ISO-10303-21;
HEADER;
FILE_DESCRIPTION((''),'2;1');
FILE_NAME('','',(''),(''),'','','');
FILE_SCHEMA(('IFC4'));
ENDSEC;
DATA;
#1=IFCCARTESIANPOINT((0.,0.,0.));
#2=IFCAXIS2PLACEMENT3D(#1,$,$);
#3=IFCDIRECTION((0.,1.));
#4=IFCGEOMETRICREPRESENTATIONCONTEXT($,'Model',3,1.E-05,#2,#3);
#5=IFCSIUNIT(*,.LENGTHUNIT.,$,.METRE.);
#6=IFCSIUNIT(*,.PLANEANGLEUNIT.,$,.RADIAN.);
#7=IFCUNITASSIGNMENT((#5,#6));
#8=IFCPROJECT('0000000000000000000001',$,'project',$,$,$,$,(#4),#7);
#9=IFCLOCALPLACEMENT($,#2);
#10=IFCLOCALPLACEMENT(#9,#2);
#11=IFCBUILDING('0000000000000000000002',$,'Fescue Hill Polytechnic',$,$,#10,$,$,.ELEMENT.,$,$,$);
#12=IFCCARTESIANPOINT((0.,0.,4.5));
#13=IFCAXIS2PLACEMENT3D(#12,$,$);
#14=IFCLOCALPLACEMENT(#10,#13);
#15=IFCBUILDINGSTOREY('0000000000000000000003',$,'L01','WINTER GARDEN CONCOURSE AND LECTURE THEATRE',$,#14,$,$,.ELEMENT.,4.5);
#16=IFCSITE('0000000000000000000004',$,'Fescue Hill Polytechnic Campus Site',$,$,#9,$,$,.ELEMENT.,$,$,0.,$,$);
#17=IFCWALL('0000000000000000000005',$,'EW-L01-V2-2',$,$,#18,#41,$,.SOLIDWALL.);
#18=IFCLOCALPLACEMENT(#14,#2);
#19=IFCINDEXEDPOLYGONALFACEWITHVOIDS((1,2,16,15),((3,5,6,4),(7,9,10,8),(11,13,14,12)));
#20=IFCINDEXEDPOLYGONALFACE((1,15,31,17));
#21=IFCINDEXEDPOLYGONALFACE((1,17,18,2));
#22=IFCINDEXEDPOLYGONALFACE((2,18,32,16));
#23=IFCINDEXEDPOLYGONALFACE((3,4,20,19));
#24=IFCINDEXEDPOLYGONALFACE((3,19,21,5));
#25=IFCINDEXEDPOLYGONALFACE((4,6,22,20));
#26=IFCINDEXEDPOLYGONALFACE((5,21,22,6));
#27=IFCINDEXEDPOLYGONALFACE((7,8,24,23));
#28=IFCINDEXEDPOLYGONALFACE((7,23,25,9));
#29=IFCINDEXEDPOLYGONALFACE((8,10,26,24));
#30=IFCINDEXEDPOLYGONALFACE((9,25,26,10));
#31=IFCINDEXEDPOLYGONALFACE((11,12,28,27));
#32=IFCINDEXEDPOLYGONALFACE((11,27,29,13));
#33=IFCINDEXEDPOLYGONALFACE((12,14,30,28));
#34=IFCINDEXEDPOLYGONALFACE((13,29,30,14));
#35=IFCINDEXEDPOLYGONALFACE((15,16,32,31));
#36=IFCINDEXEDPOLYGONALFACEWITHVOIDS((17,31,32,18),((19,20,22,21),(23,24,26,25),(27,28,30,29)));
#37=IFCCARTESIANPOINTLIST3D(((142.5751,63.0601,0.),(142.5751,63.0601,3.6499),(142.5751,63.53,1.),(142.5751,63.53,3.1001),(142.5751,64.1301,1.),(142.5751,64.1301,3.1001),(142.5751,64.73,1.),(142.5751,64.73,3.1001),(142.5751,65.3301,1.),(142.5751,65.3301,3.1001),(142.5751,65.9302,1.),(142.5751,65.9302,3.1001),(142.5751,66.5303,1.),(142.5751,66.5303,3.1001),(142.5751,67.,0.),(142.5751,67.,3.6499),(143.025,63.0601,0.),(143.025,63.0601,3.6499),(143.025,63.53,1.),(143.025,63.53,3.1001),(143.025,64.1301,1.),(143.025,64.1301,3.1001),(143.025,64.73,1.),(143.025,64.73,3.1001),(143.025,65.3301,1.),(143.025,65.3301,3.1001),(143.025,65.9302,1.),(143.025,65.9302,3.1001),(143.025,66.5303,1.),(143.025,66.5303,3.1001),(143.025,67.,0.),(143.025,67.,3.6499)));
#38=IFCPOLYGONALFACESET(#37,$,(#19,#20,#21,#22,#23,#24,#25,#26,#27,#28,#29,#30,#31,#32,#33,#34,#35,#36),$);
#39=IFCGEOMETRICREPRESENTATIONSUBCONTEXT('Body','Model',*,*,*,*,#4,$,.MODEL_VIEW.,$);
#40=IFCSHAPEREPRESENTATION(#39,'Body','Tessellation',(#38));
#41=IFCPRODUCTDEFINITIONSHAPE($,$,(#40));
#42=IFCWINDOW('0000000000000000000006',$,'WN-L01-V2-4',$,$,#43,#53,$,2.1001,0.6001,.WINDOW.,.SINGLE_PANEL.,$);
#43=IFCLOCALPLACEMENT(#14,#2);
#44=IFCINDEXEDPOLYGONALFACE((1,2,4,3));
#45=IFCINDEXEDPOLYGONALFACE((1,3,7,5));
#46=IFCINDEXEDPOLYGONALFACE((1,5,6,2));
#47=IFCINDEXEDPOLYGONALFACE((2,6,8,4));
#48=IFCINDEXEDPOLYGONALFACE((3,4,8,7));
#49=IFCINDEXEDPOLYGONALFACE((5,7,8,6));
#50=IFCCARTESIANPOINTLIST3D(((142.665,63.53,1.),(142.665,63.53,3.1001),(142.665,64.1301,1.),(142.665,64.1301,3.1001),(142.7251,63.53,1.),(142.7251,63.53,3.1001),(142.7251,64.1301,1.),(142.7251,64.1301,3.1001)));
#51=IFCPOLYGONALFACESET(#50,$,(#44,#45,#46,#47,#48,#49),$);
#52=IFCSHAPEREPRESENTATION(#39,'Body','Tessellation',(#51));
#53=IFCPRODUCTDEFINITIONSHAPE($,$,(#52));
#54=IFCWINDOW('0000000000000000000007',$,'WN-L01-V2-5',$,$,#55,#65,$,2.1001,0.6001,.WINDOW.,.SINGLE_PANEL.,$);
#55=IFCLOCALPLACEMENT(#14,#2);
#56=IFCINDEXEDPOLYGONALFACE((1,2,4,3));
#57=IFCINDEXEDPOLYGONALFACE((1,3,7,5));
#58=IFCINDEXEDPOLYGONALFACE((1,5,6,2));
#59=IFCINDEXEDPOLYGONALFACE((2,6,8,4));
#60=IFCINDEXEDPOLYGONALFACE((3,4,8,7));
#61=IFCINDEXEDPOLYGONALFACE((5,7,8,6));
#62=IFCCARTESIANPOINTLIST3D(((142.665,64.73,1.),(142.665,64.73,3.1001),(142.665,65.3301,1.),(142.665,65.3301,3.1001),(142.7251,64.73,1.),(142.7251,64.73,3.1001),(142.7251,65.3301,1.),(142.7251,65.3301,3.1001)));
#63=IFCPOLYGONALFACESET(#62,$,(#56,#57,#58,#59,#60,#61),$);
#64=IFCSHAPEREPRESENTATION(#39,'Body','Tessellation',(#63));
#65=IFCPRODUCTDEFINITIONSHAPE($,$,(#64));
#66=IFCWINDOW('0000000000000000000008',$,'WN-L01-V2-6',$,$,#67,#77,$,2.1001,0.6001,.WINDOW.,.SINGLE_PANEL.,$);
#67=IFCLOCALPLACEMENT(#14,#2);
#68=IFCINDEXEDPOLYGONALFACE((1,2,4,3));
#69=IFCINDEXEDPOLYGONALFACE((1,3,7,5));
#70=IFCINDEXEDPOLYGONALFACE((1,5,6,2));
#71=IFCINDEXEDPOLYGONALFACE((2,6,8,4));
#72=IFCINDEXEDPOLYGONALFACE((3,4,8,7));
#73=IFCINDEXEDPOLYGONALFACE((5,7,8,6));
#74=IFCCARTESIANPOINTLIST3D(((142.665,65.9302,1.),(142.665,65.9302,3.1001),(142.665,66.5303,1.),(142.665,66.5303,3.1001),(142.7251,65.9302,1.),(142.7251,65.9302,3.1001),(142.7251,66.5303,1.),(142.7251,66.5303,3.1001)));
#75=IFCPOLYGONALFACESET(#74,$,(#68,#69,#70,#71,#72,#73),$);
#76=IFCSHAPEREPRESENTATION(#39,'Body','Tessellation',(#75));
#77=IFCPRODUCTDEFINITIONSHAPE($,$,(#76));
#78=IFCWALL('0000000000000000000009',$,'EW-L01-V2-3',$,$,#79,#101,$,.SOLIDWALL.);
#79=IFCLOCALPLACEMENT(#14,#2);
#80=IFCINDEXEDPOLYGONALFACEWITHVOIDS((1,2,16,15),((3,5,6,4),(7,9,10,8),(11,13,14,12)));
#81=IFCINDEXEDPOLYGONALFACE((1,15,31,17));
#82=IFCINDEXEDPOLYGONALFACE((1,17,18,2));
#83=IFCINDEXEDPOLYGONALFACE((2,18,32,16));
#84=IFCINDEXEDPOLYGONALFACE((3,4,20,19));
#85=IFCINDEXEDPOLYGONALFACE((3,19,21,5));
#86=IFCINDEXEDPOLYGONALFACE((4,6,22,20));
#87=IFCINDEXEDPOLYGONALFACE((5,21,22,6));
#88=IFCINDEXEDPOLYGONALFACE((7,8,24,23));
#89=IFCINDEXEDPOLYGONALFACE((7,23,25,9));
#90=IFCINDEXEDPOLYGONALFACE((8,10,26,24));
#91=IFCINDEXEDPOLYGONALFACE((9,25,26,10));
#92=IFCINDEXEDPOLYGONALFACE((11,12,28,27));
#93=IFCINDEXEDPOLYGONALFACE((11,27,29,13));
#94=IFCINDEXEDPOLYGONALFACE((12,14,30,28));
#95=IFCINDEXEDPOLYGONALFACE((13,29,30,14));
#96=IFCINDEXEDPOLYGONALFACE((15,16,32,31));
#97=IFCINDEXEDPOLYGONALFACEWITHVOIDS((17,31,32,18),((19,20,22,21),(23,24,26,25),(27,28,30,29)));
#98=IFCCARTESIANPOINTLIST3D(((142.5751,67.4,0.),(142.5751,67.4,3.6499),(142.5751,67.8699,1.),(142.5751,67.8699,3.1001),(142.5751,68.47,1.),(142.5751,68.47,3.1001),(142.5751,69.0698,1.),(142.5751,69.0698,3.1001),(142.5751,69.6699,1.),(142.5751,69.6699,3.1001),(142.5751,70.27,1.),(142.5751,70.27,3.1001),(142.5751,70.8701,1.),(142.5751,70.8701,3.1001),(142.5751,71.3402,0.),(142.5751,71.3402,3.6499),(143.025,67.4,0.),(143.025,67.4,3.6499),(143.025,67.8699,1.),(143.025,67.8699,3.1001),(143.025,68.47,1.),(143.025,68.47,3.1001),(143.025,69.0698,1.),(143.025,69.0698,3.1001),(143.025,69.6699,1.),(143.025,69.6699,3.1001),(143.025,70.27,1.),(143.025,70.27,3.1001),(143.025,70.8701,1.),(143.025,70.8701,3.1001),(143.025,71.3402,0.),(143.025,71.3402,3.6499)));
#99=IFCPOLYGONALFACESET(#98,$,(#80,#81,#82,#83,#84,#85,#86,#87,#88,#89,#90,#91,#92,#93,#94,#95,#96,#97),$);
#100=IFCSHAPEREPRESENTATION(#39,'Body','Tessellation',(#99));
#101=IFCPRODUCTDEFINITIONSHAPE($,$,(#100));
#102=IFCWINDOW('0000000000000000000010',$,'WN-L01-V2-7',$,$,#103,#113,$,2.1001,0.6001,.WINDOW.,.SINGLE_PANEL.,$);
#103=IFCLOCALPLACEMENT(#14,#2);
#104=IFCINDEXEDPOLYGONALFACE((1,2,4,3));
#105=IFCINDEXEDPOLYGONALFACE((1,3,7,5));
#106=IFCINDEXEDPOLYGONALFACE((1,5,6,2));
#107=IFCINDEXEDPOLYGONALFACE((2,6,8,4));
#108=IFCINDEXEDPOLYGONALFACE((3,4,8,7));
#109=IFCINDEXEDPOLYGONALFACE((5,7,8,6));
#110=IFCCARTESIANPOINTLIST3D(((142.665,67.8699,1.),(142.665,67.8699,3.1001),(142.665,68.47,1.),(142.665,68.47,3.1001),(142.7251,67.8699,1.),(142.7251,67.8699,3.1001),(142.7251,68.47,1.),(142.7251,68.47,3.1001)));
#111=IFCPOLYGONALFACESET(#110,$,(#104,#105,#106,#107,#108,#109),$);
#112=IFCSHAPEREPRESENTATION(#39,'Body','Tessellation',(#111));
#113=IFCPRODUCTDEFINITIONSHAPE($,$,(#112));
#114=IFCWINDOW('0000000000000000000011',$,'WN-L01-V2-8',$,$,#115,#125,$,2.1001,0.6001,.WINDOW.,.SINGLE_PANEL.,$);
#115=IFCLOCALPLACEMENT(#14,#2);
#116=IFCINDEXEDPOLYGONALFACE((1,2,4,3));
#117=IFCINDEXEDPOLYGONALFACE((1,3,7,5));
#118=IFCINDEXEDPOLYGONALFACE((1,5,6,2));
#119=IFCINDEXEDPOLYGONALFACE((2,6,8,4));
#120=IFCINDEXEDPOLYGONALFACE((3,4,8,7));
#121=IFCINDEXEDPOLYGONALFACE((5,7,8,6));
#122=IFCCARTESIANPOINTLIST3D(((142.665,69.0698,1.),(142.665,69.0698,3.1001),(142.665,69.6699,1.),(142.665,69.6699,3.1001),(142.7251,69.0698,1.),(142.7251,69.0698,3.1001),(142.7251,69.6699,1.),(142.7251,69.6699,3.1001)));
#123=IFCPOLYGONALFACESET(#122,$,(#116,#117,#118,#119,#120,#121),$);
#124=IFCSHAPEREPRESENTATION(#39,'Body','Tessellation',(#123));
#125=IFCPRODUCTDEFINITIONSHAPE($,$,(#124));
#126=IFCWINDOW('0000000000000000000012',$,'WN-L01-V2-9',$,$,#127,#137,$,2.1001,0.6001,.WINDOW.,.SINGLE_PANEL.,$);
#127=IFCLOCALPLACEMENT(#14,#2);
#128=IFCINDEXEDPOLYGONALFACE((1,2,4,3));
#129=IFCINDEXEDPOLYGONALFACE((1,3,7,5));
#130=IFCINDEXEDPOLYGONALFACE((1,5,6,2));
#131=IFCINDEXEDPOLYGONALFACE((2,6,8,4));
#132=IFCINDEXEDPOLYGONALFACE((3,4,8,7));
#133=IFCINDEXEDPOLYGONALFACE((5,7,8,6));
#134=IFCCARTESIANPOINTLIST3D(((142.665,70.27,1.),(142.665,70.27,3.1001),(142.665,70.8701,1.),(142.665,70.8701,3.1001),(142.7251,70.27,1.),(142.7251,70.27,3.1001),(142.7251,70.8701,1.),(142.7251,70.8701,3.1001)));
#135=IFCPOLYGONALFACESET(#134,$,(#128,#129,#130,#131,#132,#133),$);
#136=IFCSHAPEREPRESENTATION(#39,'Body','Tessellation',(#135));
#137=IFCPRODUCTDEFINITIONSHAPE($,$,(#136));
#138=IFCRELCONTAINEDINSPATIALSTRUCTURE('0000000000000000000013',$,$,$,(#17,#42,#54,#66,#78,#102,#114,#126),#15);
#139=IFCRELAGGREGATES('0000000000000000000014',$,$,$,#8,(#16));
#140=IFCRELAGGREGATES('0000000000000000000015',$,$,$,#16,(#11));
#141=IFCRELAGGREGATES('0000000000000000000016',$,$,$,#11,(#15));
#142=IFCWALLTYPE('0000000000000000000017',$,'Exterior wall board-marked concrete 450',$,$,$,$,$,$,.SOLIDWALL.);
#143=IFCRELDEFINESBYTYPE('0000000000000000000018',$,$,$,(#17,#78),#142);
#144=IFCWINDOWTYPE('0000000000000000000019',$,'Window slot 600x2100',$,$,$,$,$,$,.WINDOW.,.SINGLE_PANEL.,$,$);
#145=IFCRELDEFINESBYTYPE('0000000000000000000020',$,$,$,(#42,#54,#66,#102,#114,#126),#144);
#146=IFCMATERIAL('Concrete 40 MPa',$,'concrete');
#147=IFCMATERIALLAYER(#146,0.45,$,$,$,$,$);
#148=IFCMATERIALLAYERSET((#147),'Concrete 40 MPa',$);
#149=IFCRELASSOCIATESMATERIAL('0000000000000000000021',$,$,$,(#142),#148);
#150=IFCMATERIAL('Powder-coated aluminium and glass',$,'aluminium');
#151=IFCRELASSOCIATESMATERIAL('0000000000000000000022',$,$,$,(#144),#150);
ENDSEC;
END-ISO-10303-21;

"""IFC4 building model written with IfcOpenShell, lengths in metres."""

from ifc_helpers import new_model, si_unit, direction, frame, frame_2d, origin, place, context, subcontext, project, spatial, rectangle, extrude, material, layer, layer_set, type_object, element, fill, save


model = new_model("IFC4")

# Units and contexts
model_context = context("Model", 3, precision=1e-05, world=origin(), true_north=direction((0.0, 1.0)))
body_context = subcontext(model_context, "Body", "Model", "MODEL_VIEW")
ifc_project = project(units=[si_unit("LENGTHUNIT", "METRE"), si_unit("PLANEANGLEUNIT", "RADIAN")], contexts=[model_context])

# Site, building, storey
site_placement = place(None, origin())
site = spatial("IfcSite", under=ifc_project, at=site_placement, Name="Fescue Hill Polytechnic Campus Site", CompositionType="ELEMENT", RefElevation=0.0)
building_placement = place(site_placement, origin())
building = spatial("IfcBuilding", under=site, at=building_placement, Name="Fescue Hill Polytechnic", CompositionType="ELEMENT")
storey_placement = place(building_placement, frame((0.0, 0.0, 4.5)))
storey = spatial("IfcBuildingStorey", under=building, at=storey_placement, Name="L01", Description="WINTER GARDEN CONCOURSE AND LECTURE THEATRE", CompositionType="ELEMENT", Elevation=4.5)

# Shared definitions
ifc_material_1 = material(Name="Concrete 40 MPa", Category="concrete")

# Walls, openings, windows
ifc_layer_1 = layer(ifc_material_1, 0.45)
ifc_layer_set_1 = layer_set([ifc_layer_1], Name="Concrete 40 MPa")
wall_type_1 = type_object("IfcWallType", Name="Exterior wall board-marked concrete 450", PredefinedType="SOLIDWALL", material=ifc_layer_set_1)
ifc_material_2 = material(Name="Powder-coated aluminium and glass", Category="aluminium")
window_type = type_object("IfcWindowType", Name="Window slot 600x2100", PartitioningType="SINGLE_PANEL", PredefinedType="WINDOW", material=ifc_material_2)
wall_1_placement = place(storey_placement, frame((142.8, 63.0601, 0.0), z_axis=(0.0, 0.0, 1.0), x_axis=(0.0, 1.0, 0.0)))
wall_1 = element("IfcWall", 1, at=wall_1_placement, inside=storey, type_object=wall_type_1, Name="EW-L01-V2-2", PredefinedType="SOLIDWALL", context=body_context, shape_type="SweptSolid", body=[
    extrude(rectangle(XDim=3.9399, YDim=0.45, at=frame_2d((1.97, 0.0))), origin(), (0.0, 0.0, 1.0), 3.6499),
])
opening_1_placement = place(wall_1_placement, frame((0.47, 0.0, 1.0)))
opening_1 = element("IfcOpeningElement", 2, at=opening_1_placement, cuts=wall_1, PredefinedType="OPENING", context=body_context, shape_type="SweptSolid", body=[
    extrude(rectangle(XDim=0.6001, YDim=2.1001, at=frame_2d((0.3, 1.05))), frame((0.0, 0.2349, 0.0), z_axis=(0.0, -1.0, 0.0), x_axis=(1.0, 0.0, 0.0)), (0.0, 0.0, 1.0), 0.47),
])
opening_2_placement = place(wall_1_placement, frame((1.6699, 0.0, 1.0)))
opening_2 = element("IfcOpeningElement", 3, at=opening_2_placement, cuts=wall_1, PredefinedType="OPENING", context=body_context, shape_type="SweptSolid", body=[
    extrude(rectangle(XDim=0.6001, YDim=2.1001, at=frame_2d((0.3, 1.05))), frame((0.0, 0.2349, 0.0), z_axis=(0.0, -1.0, 0.0), x_axis=(1.0, 0.0, 0.0)), (0.0, 0.0, 1.0), 0.47),
])
opening_3_placement = place(wall_1_placement, frame((2.8701, 0.0, 1.0)))
opening_3 = element("IfcOpeningElement", 4, at=opening_3_placement, cuts=wall_1, PredefinedType="OPENING", context=body_context, shape_type="SweptSolid", body=[
    extrude(rectangle(XDim=0.6001, YDim=2.1001, at=frame_2d((0.3, 1.05))), frame((0.0, 0.2349, 0.0), z_axis=(0.0, -1.0, 0.0), x_axis=(1.0, 0.0, 0.0)), (0.0, 0.0, 1.0), 0.47),
])
window_1_placement = place(opening_1_placement, origin())
window_1 = element("IfcWindow", 5, at=window_1_placement, inside=storey, type_object=window_type, Name="WN-L01-V2-4", OverallHeight=2.1001, OverallWidth=0.6001, PartitioningType="SINGLE_PANEL", PredefinedType="WINDOW", context=body_context, shape_type="SweptSolid", body=[
    extrude(rectangle(XDim=0.6001, YDim=2.1001, at=frame_2d((0.3, 1.05))), frame((0.0, 0.135, 0.0), z_axis=(0.0, -1.0, 0.0), x_axis=(1.0, 0.0, 0.0)), (0.0, 0.0, 1.0), 0.0601),
])
fill(opening_1, window_1)
window_2_placement = place(opening_2_placement, origin())
window_2 = element("IfcWindow", 6, at=window_2_placement, inside=storey, type_object=window_type, Name="WN-L01-V2-5", OverallHeight=2.1001, OverallWidth=0.6001, PartitioningType="SINGLE_PANEL", PredefinedType="WINDOW", context=body_context, shape_type="SweptSolid", body=[
    extrude(rectangle(XDim=0.6001, YDim=2.1001, at=frame_2d((0.3, 1.05))), frame((0.0, 0.135, 0.0), z_axis=(0.0, -1.0, 0.0), x_axis=(1.0, 0.0, 0.0)), (0.0, 0.0, 1.0), 0.0601),
])
fill(opening_2, window_2)
window_3_placement = place(opening_3_placement, origin())
window_3 = element("IfcWindow", 7, at=window_3_placement, inside=storey, type_object=window_type, Name="WN-L01-V2-6", OverallHeight=2.1001, OverallWidth=0.6001, PartitioningType="SINGLE_PANEL", PredefinedType="WINDOW", context=body_context, shape_type="SweptSolid", body=[
    extrude(rectangle(XDim=0.6001, YDim=2.1001, at=frame_2d((0.3, 1.05))), frame((0.0, 0.135, 0.0), z_axis=(0.0, -1.0, 0.0), x_axis=(1.0, 0.0, 0.0)), (0.0, 0.0, 1.0), 0.0601),
])
fill(opening_3, window_3)
wall_2_placement = place(storey_placement, frame((142.8, 67.3999, 0.0), z_axis=(0.0, 0.0, 1.0), x_axis=(0.0, 1.0, 0.0)))
wall_2 = element("IfcWall", 8, at=wall_2_placement, inside=storey, type_object=wall_type_1, Name="EW-L01-V2-3", PredefinedType="SOLIDWALL", context=body_context, shape_type="SweptSolid", body=[
    extrude(rectangle(XDim=3.9402, YDim=0.45, at=frame_2d((1.9702, 0.0))), origin(), (0.0, 0.0, 1.0), 3.6499),
])
opening_4_placement = place(wall_2_placement, frame((0.47, 0.0, 1.0)))
opening_4 = element("IfcOpeningElement", 9, at=opening_4_placement, cuts=wall_2, PredefinedType="OPENING", context=body_context, shape_type="SweptSolid", body=[
    extrude(rectangle(XDim=0.6001, YDim=2.1001, at=frame_2d((0.3, 1.05))), frame((0.0, 0.2349, 0.0), z_axis=(0.0, -1.0, 0.0), x_axis=(1.0, 0.0, 0.0)), (0.0, 0.0, 1.0), 0.47),
])
opening_5_placement = place(wall_2_placement, frame((1.6699, 0.0, 1.0)))
opening_5 = element("IfcOpeningElement", 10, at=opening_5_placement, cuts=wall_2, PredefinedType="OPENING", context=body_context, shape_type="SweptSolid", body=[
    extrude(rectangle(XDim=0.6001, YDim=2.1001, at=frame_2d((0.3, 1.05))), frame((0.0, 0.2349, 0.0), z_axis=(0.0, -1.0, 0.0), x_axis=(1.0, 0.0, 0.0)), (0.0, 0.0, 1.0), 0.47),
])
opening_6_placement = place(wall_2_placement, frame((2.8701, 0.0, 1.0)))
opening_6 = element("IfcOpeningElement", 11, at=opening_6_placement, cuts=wall_2, PredefinedType="OPENING", context=body_context, shape_type="SweptSolid", body=[
    extrude(rectangle(XDim=0.6001, YDim=2.1001, at=frame_2d((0.3, 1.05))), frame((0.0, 0.2349, 0.0), z_axis=(0.0, -1.0, 0.0), x_axis=(1.0, 0.0, 0.0)), (0.0, 0.0, 1.0), 0.47),
])
window_4_placement = place(opening_4_placement, origin())
window_4 = element("IfcWindow", 12, at=window_4_placement, inside=storey, type_object=window_type, Name="WN-L01-V2-7", OverallHeight=2.1001, OverallWidth=0.6001, PartitioningType="SINGLE_PANEL", PredefinedType="WINDOW", context=body_context, shape_type="SweptSolid", body=[
    extrude(rectangle(XDim=0.6001, YDim=2.1001, at=frame_2d((0.3, 1.05))), frame((0.0, 0.135, 0.0), z_axis=(0.0, -1.0, 0.0), x_axis=(1.0, 0.0, 0.0)), (0.0, 0.0, 1.0), 0.0601),
])
fill(opening_4, window_4)
window_5_placement = place(opening_5_placement, origin())
window_5 = element("IfcWindow", 13, at=window_5_placement, inside=storey, type_object=window_type, Name="WN-L01-V2-8", OverallHeight=2.1001, OverallWidth=0.6001, PartitioningType="SINGLE_PANEL", PredefinedType="WINDOW", context=body_context, shape_type="SweptSolid", body=[
    extrude(rectangle(XDim=0.6001, YDim=2.1001, at=frame_2d((0.3, 1.05))), frame((0.0, 0.135, 0.0), z_axis=(0.0, -1.0, 0.0), x_axis=(1.0, 0.0, 0.0)), (0.0, 0.0, 1.0), 0.0601),
])
fill(opening_5, window_5)
window_6_placement = place(opening_6_placement, origin())
window_6 = element("IfcWindow", 14, at=window_6_placement, inside=storey, type_object=window_type, Name="WN-L01-V2-9", OverallHeight=2.1001, OverallWidth=0.6001, PartitioningType="SINGLE_PANEL", PredefinedType="WINDOW", context=body_context, shape_type="SweptSolid", body=[
    extrude(rectangle(XDim=0.6001, YDim=2.1001, at=frame_2d((0.3, 1.05))), frame((0.0, 0.135, 0.0), z_axis=(0.0, -1.0, 0.0), x_axis=(1.0, 0.0, 0.0)), (0.0, 0.0, 1.0), 0.0601),
])
fill(opening_6, window_6)

save(model, "model.ifc")
